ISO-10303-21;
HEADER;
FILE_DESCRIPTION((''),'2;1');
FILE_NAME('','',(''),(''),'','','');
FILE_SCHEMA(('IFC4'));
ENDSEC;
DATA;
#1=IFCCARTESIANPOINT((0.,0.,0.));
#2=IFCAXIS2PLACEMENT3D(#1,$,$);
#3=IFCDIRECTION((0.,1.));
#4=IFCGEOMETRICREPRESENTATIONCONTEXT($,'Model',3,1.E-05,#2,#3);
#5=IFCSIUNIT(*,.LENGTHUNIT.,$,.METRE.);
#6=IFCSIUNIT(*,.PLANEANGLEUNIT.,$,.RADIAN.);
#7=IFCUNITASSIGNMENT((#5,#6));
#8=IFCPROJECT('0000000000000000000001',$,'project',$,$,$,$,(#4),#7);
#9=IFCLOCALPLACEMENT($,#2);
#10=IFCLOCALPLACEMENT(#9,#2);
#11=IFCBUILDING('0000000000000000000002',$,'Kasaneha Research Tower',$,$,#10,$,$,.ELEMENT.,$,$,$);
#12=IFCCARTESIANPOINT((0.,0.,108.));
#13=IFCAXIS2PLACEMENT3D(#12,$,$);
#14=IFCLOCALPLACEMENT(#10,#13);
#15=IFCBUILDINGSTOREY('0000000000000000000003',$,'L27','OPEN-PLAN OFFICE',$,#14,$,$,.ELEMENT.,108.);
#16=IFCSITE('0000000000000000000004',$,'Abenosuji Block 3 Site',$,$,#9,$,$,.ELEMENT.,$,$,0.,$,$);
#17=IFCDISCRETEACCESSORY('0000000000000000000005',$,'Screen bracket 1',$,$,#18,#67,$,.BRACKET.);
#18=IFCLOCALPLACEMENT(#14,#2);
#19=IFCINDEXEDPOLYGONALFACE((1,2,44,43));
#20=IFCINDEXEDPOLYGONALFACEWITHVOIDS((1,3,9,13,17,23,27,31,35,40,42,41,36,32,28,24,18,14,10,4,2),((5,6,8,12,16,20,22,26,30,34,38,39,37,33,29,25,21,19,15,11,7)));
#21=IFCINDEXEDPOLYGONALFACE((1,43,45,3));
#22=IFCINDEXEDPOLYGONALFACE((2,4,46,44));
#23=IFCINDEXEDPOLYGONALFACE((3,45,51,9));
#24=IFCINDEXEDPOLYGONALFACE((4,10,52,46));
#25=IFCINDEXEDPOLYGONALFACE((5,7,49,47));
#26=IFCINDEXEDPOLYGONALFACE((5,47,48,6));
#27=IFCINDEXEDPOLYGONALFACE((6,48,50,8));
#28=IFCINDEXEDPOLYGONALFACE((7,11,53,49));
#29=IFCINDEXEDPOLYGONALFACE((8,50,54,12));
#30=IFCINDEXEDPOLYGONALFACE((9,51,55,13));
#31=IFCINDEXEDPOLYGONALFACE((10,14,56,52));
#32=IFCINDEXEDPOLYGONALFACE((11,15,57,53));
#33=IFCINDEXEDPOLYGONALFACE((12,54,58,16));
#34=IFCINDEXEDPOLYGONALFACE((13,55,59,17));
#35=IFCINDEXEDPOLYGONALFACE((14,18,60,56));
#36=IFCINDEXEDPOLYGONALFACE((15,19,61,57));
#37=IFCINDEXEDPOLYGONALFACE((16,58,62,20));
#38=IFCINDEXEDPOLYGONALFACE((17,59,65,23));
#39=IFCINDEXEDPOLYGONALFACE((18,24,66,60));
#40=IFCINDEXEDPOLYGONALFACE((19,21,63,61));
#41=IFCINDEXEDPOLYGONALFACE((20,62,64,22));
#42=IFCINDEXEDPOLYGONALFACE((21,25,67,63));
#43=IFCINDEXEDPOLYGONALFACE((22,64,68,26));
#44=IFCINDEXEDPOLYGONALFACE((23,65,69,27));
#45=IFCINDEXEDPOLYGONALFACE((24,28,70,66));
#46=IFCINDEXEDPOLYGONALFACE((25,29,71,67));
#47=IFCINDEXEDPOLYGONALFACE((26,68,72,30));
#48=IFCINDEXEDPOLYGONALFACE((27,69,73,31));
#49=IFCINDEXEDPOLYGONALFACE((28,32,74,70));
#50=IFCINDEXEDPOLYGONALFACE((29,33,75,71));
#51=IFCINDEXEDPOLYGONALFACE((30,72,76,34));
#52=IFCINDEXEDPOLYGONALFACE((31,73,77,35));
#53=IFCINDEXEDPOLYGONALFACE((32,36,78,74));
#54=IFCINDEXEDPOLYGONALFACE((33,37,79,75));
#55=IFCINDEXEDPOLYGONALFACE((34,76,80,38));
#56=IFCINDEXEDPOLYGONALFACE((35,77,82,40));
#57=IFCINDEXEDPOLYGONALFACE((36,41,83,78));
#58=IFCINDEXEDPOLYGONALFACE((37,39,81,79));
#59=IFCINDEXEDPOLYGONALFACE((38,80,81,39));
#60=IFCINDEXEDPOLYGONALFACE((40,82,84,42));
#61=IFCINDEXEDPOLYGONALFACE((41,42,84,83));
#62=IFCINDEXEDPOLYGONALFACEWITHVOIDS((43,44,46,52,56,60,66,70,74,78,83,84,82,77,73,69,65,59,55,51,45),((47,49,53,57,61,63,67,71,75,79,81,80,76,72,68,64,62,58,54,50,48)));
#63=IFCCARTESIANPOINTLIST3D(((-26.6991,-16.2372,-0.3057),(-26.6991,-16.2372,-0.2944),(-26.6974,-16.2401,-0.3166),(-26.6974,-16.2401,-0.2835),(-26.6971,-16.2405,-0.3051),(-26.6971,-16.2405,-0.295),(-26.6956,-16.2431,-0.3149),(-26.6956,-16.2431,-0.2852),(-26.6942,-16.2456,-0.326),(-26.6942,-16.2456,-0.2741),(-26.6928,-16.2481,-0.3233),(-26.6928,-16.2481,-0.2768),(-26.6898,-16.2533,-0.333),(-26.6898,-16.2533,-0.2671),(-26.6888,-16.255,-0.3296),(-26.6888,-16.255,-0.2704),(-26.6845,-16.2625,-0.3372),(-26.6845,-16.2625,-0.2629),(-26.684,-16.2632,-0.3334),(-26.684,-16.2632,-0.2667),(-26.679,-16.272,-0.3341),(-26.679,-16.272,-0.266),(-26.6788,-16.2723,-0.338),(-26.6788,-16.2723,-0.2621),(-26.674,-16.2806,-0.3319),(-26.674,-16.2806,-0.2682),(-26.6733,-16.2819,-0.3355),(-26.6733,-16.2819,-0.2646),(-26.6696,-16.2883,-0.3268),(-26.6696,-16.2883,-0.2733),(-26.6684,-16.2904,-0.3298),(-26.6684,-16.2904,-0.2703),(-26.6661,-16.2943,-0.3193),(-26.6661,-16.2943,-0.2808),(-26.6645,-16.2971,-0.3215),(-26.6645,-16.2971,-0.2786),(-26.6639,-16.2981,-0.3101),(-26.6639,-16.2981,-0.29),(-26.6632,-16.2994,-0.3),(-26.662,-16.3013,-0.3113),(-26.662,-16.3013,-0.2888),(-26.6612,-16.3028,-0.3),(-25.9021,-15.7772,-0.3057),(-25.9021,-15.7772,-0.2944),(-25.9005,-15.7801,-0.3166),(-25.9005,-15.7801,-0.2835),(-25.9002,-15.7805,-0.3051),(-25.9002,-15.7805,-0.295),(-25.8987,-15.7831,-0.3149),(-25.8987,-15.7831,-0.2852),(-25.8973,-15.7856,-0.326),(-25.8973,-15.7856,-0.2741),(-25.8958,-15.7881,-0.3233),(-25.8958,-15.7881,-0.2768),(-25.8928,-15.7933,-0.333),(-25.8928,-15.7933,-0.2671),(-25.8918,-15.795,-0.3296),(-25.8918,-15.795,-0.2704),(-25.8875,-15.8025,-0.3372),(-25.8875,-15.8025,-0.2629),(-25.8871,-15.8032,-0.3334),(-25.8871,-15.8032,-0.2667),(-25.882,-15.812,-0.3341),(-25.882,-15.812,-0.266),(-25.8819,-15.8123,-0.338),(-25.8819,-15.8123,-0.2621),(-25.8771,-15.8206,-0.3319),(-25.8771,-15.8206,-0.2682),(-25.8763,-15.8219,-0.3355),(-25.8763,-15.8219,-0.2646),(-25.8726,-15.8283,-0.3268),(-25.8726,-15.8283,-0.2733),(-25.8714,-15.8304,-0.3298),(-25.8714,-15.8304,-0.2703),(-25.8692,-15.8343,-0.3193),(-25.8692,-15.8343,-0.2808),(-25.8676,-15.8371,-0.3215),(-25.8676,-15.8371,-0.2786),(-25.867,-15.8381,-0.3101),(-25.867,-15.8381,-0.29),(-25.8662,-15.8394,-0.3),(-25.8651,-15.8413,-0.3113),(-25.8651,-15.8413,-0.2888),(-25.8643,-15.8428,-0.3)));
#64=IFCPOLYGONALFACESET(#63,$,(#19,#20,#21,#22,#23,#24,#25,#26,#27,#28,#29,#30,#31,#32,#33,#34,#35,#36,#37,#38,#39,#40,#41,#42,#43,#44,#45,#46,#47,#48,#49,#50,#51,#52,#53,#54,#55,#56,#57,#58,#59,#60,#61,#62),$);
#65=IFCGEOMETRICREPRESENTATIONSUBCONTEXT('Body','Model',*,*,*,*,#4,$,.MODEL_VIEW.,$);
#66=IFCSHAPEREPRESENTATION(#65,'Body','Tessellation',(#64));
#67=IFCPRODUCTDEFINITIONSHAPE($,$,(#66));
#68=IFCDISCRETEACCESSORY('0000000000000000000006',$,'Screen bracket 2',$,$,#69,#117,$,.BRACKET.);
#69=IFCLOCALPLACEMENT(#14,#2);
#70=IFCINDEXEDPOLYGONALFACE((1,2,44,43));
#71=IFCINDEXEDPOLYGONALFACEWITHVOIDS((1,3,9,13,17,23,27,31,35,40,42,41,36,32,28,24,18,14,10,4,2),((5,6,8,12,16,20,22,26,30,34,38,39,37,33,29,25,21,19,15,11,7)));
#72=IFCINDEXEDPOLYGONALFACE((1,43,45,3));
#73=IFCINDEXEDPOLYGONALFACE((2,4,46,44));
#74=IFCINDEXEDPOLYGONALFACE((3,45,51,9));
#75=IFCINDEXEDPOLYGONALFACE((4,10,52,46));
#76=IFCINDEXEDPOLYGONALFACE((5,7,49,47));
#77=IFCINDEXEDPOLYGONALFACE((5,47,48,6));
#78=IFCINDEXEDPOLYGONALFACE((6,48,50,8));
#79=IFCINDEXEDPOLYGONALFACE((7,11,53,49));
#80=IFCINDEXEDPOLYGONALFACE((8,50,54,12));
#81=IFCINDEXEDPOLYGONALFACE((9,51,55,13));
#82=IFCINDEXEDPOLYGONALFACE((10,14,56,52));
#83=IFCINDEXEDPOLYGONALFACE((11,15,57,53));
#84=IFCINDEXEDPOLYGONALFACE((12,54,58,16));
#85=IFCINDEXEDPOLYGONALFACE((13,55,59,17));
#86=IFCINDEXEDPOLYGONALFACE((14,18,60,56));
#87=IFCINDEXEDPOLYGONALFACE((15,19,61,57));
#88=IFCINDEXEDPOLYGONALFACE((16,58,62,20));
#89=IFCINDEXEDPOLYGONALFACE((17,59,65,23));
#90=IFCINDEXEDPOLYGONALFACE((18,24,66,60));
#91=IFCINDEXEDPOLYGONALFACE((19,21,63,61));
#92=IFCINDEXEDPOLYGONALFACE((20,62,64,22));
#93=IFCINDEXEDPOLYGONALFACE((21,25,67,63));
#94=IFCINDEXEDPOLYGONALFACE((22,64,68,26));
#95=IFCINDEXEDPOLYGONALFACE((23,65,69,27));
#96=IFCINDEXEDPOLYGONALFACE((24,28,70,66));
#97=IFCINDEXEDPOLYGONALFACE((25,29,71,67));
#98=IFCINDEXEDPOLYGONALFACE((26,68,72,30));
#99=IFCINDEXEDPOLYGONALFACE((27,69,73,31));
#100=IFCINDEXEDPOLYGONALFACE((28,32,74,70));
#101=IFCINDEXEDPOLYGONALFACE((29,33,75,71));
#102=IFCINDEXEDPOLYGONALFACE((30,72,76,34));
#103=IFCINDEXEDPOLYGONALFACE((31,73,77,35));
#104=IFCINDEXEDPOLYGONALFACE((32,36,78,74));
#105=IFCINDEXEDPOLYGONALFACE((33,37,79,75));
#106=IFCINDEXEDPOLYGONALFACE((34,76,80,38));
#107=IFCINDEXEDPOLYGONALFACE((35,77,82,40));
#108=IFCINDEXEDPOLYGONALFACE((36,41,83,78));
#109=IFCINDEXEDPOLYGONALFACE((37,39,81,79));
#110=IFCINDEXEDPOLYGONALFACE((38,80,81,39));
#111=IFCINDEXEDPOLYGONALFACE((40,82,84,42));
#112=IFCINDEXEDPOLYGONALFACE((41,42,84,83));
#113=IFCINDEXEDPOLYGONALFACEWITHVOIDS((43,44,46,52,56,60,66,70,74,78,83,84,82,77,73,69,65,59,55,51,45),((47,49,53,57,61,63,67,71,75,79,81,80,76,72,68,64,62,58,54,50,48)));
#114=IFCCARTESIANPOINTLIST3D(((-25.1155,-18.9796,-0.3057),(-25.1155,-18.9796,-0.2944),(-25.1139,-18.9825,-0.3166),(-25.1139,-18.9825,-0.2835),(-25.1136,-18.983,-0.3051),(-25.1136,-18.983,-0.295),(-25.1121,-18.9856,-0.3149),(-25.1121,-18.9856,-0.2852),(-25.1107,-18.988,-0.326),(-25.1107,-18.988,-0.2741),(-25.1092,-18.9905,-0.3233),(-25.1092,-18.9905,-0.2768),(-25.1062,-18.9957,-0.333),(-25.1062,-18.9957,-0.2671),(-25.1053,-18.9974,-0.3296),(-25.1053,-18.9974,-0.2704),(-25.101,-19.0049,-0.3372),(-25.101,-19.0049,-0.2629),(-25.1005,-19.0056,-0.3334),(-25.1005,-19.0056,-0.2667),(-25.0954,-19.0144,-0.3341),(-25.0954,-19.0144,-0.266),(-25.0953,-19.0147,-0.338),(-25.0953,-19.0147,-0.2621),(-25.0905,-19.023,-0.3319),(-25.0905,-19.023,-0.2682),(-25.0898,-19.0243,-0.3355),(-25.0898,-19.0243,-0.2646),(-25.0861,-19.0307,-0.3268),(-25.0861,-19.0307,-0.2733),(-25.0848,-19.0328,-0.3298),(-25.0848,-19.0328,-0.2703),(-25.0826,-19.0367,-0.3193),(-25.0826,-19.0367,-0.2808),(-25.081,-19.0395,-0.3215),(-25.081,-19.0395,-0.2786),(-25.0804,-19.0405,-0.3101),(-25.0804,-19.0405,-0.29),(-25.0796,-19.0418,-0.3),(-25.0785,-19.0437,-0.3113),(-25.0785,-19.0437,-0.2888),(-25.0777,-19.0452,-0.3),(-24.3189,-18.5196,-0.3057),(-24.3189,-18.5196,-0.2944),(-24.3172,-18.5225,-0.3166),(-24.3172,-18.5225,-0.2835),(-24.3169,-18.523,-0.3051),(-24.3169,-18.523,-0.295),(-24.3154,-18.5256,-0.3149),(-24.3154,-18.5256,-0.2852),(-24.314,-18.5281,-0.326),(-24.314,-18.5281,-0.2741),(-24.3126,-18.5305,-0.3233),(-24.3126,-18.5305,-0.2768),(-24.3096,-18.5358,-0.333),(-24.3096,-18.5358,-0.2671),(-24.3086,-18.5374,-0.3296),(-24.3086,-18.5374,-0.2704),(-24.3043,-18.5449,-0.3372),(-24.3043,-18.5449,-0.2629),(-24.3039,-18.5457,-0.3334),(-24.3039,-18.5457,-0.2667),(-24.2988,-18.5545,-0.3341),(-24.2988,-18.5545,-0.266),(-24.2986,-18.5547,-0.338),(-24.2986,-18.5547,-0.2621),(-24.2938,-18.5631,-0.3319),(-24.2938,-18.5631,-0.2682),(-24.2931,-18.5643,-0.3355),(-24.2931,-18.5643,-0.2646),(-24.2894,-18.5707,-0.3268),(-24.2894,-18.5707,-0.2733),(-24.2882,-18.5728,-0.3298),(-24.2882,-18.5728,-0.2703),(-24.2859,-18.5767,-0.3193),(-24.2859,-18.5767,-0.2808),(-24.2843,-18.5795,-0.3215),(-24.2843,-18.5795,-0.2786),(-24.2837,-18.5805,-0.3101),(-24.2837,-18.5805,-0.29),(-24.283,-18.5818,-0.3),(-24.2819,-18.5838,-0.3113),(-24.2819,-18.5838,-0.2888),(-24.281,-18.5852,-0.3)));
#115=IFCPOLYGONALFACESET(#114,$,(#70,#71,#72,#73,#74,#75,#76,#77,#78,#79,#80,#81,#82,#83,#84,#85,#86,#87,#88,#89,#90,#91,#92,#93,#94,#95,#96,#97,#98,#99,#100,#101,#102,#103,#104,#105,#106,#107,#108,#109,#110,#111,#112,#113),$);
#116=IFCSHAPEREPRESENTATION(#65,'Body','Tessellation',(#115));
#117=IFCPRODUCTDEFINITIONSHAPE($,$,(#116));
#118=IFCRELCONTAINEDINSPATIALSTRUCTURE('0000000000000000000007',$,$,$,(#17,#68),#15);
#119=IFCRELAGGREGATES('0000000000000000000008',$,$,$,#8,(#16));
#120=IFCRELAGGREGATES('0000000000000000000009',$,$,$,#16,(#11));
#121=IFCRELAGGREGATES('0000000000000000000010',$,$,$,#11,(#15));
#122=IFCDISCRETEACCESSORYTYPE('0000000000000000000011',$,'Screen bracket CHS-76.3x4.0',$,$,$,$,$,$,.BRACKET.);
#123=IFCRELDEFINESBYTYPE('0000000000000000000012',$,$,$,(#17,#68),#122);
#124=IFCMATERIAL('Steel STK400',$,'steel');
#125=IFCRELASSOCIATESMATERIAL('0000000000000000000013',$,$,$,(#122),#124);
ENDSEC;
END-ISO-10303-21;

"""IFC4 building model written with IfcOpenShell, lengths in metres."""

from ifc_helpers import new_model, si_unit, direction, frame, origin, origin_2d, place, context, subcontext, project, spatial, hollow_circle, extrude, material, material_profile, profile_set, type_object, element, save


model = new_model("IFC4")

# Units and contexts
model_context = context("Model", 3, precision=1e-05, world=origin(), true_north=direction((0.0, 1.0)))
body_context = subcontext(model_context, "Body", "Model", "MODEL_VIEW")
ifc_project = project(units=[si_unit("LENGTHUNIT", "METRE"), si_unit("PLANEANGLEUNIT", "RADIAN")], contexts=[model_context])

# Site, building, storey
site_placement = place(None, origin())
site = spatial("IfcSite", under=ifc_project, at=site_placement, Name="Abenosuji Block 3 Site", CompositionType="ELEMENT", RefElevation=0.0)
building_placement = place(site_placement, origin())
building = spatial("IfcBuilding", under=site, at=building_placement, Name="Kasaneha Research Tower", CompositionType="ELEMENT")
storey_placement = place(building_placement, frame((0.0, 0.0, 108.0)))
storey = spatial("IfcBuildingStorey", under=building, at=storey_placement, Name="L27", Description="OPEN-PLAN OFFICE", CompositionType="ELEMENT", Elevation=108.0)

# Discrete accessories
ifc_material_1 = material(Name="Steel STK400", Category="steel")
ifc_material_profile_1 = material_profile(ifc_material_1, hollow_circle(Radius=0.0381, WallThickness=0.0039, at=origin_2d()), Name="CHS-76.3x4.0")
ifc_profile_set_1 = profile_set([ifc_material_profile_1], Name="Steel STK400")
discrete_accessory_type = type_object("IfcDiscreteAccessoryType", Name="Screen bracket CHS-76.3x4.0", PredefinedType="BRACKET", material=ifc_profile_set_1)
for number, where, z_axis, x_axis, name in (
    (1, (-25.8833, -15.8098, -0.3), (-0.86608, -0.499906, 0.0), (0.499906, -0.86608, 0.0), "Screen bracket 1"),
):
    element("IfcDiscreteAccessory", number, at=place(storey_placement, frame(where, z_axis=z_axis, x_axis=x_axis)), inside=storey, type_object=discrete_accessory_type, Name=name, PredefinedType="BRACKET", context=body_context, shape_type="SweptSolid", body=[
        extrude(hollow_circle(Radius=0.0381, WallThickness=0.0039, at=origin_2d()), origin(), (0.0, 0.0, 1.0), 0.9202),
    ])
discrete_accessory_placement = place(storey_placement, frame((-24.3, -18.5522, -0.3), z_axis=(-0.866013, -0.500021, 0.0), x_axis=(0.500021, -0.866013, 0.0)))
element("IfcDiscreteAccessory", 2, at=discrete_accessory_placement, inside=storey, type_object=discrete_accessory_type, Name="Screen bracket 2", PredefinedType="BRACKET", context=body_context, shape_type="SweptSolid", body=[
    extrude(hollow_circle(Radius=0.0381, WallThickness=0.0039, at=origin_2d()), origin(), (0.0, 0.0, 1.0), 0.9199),
])

save(model, "model.ifc")
